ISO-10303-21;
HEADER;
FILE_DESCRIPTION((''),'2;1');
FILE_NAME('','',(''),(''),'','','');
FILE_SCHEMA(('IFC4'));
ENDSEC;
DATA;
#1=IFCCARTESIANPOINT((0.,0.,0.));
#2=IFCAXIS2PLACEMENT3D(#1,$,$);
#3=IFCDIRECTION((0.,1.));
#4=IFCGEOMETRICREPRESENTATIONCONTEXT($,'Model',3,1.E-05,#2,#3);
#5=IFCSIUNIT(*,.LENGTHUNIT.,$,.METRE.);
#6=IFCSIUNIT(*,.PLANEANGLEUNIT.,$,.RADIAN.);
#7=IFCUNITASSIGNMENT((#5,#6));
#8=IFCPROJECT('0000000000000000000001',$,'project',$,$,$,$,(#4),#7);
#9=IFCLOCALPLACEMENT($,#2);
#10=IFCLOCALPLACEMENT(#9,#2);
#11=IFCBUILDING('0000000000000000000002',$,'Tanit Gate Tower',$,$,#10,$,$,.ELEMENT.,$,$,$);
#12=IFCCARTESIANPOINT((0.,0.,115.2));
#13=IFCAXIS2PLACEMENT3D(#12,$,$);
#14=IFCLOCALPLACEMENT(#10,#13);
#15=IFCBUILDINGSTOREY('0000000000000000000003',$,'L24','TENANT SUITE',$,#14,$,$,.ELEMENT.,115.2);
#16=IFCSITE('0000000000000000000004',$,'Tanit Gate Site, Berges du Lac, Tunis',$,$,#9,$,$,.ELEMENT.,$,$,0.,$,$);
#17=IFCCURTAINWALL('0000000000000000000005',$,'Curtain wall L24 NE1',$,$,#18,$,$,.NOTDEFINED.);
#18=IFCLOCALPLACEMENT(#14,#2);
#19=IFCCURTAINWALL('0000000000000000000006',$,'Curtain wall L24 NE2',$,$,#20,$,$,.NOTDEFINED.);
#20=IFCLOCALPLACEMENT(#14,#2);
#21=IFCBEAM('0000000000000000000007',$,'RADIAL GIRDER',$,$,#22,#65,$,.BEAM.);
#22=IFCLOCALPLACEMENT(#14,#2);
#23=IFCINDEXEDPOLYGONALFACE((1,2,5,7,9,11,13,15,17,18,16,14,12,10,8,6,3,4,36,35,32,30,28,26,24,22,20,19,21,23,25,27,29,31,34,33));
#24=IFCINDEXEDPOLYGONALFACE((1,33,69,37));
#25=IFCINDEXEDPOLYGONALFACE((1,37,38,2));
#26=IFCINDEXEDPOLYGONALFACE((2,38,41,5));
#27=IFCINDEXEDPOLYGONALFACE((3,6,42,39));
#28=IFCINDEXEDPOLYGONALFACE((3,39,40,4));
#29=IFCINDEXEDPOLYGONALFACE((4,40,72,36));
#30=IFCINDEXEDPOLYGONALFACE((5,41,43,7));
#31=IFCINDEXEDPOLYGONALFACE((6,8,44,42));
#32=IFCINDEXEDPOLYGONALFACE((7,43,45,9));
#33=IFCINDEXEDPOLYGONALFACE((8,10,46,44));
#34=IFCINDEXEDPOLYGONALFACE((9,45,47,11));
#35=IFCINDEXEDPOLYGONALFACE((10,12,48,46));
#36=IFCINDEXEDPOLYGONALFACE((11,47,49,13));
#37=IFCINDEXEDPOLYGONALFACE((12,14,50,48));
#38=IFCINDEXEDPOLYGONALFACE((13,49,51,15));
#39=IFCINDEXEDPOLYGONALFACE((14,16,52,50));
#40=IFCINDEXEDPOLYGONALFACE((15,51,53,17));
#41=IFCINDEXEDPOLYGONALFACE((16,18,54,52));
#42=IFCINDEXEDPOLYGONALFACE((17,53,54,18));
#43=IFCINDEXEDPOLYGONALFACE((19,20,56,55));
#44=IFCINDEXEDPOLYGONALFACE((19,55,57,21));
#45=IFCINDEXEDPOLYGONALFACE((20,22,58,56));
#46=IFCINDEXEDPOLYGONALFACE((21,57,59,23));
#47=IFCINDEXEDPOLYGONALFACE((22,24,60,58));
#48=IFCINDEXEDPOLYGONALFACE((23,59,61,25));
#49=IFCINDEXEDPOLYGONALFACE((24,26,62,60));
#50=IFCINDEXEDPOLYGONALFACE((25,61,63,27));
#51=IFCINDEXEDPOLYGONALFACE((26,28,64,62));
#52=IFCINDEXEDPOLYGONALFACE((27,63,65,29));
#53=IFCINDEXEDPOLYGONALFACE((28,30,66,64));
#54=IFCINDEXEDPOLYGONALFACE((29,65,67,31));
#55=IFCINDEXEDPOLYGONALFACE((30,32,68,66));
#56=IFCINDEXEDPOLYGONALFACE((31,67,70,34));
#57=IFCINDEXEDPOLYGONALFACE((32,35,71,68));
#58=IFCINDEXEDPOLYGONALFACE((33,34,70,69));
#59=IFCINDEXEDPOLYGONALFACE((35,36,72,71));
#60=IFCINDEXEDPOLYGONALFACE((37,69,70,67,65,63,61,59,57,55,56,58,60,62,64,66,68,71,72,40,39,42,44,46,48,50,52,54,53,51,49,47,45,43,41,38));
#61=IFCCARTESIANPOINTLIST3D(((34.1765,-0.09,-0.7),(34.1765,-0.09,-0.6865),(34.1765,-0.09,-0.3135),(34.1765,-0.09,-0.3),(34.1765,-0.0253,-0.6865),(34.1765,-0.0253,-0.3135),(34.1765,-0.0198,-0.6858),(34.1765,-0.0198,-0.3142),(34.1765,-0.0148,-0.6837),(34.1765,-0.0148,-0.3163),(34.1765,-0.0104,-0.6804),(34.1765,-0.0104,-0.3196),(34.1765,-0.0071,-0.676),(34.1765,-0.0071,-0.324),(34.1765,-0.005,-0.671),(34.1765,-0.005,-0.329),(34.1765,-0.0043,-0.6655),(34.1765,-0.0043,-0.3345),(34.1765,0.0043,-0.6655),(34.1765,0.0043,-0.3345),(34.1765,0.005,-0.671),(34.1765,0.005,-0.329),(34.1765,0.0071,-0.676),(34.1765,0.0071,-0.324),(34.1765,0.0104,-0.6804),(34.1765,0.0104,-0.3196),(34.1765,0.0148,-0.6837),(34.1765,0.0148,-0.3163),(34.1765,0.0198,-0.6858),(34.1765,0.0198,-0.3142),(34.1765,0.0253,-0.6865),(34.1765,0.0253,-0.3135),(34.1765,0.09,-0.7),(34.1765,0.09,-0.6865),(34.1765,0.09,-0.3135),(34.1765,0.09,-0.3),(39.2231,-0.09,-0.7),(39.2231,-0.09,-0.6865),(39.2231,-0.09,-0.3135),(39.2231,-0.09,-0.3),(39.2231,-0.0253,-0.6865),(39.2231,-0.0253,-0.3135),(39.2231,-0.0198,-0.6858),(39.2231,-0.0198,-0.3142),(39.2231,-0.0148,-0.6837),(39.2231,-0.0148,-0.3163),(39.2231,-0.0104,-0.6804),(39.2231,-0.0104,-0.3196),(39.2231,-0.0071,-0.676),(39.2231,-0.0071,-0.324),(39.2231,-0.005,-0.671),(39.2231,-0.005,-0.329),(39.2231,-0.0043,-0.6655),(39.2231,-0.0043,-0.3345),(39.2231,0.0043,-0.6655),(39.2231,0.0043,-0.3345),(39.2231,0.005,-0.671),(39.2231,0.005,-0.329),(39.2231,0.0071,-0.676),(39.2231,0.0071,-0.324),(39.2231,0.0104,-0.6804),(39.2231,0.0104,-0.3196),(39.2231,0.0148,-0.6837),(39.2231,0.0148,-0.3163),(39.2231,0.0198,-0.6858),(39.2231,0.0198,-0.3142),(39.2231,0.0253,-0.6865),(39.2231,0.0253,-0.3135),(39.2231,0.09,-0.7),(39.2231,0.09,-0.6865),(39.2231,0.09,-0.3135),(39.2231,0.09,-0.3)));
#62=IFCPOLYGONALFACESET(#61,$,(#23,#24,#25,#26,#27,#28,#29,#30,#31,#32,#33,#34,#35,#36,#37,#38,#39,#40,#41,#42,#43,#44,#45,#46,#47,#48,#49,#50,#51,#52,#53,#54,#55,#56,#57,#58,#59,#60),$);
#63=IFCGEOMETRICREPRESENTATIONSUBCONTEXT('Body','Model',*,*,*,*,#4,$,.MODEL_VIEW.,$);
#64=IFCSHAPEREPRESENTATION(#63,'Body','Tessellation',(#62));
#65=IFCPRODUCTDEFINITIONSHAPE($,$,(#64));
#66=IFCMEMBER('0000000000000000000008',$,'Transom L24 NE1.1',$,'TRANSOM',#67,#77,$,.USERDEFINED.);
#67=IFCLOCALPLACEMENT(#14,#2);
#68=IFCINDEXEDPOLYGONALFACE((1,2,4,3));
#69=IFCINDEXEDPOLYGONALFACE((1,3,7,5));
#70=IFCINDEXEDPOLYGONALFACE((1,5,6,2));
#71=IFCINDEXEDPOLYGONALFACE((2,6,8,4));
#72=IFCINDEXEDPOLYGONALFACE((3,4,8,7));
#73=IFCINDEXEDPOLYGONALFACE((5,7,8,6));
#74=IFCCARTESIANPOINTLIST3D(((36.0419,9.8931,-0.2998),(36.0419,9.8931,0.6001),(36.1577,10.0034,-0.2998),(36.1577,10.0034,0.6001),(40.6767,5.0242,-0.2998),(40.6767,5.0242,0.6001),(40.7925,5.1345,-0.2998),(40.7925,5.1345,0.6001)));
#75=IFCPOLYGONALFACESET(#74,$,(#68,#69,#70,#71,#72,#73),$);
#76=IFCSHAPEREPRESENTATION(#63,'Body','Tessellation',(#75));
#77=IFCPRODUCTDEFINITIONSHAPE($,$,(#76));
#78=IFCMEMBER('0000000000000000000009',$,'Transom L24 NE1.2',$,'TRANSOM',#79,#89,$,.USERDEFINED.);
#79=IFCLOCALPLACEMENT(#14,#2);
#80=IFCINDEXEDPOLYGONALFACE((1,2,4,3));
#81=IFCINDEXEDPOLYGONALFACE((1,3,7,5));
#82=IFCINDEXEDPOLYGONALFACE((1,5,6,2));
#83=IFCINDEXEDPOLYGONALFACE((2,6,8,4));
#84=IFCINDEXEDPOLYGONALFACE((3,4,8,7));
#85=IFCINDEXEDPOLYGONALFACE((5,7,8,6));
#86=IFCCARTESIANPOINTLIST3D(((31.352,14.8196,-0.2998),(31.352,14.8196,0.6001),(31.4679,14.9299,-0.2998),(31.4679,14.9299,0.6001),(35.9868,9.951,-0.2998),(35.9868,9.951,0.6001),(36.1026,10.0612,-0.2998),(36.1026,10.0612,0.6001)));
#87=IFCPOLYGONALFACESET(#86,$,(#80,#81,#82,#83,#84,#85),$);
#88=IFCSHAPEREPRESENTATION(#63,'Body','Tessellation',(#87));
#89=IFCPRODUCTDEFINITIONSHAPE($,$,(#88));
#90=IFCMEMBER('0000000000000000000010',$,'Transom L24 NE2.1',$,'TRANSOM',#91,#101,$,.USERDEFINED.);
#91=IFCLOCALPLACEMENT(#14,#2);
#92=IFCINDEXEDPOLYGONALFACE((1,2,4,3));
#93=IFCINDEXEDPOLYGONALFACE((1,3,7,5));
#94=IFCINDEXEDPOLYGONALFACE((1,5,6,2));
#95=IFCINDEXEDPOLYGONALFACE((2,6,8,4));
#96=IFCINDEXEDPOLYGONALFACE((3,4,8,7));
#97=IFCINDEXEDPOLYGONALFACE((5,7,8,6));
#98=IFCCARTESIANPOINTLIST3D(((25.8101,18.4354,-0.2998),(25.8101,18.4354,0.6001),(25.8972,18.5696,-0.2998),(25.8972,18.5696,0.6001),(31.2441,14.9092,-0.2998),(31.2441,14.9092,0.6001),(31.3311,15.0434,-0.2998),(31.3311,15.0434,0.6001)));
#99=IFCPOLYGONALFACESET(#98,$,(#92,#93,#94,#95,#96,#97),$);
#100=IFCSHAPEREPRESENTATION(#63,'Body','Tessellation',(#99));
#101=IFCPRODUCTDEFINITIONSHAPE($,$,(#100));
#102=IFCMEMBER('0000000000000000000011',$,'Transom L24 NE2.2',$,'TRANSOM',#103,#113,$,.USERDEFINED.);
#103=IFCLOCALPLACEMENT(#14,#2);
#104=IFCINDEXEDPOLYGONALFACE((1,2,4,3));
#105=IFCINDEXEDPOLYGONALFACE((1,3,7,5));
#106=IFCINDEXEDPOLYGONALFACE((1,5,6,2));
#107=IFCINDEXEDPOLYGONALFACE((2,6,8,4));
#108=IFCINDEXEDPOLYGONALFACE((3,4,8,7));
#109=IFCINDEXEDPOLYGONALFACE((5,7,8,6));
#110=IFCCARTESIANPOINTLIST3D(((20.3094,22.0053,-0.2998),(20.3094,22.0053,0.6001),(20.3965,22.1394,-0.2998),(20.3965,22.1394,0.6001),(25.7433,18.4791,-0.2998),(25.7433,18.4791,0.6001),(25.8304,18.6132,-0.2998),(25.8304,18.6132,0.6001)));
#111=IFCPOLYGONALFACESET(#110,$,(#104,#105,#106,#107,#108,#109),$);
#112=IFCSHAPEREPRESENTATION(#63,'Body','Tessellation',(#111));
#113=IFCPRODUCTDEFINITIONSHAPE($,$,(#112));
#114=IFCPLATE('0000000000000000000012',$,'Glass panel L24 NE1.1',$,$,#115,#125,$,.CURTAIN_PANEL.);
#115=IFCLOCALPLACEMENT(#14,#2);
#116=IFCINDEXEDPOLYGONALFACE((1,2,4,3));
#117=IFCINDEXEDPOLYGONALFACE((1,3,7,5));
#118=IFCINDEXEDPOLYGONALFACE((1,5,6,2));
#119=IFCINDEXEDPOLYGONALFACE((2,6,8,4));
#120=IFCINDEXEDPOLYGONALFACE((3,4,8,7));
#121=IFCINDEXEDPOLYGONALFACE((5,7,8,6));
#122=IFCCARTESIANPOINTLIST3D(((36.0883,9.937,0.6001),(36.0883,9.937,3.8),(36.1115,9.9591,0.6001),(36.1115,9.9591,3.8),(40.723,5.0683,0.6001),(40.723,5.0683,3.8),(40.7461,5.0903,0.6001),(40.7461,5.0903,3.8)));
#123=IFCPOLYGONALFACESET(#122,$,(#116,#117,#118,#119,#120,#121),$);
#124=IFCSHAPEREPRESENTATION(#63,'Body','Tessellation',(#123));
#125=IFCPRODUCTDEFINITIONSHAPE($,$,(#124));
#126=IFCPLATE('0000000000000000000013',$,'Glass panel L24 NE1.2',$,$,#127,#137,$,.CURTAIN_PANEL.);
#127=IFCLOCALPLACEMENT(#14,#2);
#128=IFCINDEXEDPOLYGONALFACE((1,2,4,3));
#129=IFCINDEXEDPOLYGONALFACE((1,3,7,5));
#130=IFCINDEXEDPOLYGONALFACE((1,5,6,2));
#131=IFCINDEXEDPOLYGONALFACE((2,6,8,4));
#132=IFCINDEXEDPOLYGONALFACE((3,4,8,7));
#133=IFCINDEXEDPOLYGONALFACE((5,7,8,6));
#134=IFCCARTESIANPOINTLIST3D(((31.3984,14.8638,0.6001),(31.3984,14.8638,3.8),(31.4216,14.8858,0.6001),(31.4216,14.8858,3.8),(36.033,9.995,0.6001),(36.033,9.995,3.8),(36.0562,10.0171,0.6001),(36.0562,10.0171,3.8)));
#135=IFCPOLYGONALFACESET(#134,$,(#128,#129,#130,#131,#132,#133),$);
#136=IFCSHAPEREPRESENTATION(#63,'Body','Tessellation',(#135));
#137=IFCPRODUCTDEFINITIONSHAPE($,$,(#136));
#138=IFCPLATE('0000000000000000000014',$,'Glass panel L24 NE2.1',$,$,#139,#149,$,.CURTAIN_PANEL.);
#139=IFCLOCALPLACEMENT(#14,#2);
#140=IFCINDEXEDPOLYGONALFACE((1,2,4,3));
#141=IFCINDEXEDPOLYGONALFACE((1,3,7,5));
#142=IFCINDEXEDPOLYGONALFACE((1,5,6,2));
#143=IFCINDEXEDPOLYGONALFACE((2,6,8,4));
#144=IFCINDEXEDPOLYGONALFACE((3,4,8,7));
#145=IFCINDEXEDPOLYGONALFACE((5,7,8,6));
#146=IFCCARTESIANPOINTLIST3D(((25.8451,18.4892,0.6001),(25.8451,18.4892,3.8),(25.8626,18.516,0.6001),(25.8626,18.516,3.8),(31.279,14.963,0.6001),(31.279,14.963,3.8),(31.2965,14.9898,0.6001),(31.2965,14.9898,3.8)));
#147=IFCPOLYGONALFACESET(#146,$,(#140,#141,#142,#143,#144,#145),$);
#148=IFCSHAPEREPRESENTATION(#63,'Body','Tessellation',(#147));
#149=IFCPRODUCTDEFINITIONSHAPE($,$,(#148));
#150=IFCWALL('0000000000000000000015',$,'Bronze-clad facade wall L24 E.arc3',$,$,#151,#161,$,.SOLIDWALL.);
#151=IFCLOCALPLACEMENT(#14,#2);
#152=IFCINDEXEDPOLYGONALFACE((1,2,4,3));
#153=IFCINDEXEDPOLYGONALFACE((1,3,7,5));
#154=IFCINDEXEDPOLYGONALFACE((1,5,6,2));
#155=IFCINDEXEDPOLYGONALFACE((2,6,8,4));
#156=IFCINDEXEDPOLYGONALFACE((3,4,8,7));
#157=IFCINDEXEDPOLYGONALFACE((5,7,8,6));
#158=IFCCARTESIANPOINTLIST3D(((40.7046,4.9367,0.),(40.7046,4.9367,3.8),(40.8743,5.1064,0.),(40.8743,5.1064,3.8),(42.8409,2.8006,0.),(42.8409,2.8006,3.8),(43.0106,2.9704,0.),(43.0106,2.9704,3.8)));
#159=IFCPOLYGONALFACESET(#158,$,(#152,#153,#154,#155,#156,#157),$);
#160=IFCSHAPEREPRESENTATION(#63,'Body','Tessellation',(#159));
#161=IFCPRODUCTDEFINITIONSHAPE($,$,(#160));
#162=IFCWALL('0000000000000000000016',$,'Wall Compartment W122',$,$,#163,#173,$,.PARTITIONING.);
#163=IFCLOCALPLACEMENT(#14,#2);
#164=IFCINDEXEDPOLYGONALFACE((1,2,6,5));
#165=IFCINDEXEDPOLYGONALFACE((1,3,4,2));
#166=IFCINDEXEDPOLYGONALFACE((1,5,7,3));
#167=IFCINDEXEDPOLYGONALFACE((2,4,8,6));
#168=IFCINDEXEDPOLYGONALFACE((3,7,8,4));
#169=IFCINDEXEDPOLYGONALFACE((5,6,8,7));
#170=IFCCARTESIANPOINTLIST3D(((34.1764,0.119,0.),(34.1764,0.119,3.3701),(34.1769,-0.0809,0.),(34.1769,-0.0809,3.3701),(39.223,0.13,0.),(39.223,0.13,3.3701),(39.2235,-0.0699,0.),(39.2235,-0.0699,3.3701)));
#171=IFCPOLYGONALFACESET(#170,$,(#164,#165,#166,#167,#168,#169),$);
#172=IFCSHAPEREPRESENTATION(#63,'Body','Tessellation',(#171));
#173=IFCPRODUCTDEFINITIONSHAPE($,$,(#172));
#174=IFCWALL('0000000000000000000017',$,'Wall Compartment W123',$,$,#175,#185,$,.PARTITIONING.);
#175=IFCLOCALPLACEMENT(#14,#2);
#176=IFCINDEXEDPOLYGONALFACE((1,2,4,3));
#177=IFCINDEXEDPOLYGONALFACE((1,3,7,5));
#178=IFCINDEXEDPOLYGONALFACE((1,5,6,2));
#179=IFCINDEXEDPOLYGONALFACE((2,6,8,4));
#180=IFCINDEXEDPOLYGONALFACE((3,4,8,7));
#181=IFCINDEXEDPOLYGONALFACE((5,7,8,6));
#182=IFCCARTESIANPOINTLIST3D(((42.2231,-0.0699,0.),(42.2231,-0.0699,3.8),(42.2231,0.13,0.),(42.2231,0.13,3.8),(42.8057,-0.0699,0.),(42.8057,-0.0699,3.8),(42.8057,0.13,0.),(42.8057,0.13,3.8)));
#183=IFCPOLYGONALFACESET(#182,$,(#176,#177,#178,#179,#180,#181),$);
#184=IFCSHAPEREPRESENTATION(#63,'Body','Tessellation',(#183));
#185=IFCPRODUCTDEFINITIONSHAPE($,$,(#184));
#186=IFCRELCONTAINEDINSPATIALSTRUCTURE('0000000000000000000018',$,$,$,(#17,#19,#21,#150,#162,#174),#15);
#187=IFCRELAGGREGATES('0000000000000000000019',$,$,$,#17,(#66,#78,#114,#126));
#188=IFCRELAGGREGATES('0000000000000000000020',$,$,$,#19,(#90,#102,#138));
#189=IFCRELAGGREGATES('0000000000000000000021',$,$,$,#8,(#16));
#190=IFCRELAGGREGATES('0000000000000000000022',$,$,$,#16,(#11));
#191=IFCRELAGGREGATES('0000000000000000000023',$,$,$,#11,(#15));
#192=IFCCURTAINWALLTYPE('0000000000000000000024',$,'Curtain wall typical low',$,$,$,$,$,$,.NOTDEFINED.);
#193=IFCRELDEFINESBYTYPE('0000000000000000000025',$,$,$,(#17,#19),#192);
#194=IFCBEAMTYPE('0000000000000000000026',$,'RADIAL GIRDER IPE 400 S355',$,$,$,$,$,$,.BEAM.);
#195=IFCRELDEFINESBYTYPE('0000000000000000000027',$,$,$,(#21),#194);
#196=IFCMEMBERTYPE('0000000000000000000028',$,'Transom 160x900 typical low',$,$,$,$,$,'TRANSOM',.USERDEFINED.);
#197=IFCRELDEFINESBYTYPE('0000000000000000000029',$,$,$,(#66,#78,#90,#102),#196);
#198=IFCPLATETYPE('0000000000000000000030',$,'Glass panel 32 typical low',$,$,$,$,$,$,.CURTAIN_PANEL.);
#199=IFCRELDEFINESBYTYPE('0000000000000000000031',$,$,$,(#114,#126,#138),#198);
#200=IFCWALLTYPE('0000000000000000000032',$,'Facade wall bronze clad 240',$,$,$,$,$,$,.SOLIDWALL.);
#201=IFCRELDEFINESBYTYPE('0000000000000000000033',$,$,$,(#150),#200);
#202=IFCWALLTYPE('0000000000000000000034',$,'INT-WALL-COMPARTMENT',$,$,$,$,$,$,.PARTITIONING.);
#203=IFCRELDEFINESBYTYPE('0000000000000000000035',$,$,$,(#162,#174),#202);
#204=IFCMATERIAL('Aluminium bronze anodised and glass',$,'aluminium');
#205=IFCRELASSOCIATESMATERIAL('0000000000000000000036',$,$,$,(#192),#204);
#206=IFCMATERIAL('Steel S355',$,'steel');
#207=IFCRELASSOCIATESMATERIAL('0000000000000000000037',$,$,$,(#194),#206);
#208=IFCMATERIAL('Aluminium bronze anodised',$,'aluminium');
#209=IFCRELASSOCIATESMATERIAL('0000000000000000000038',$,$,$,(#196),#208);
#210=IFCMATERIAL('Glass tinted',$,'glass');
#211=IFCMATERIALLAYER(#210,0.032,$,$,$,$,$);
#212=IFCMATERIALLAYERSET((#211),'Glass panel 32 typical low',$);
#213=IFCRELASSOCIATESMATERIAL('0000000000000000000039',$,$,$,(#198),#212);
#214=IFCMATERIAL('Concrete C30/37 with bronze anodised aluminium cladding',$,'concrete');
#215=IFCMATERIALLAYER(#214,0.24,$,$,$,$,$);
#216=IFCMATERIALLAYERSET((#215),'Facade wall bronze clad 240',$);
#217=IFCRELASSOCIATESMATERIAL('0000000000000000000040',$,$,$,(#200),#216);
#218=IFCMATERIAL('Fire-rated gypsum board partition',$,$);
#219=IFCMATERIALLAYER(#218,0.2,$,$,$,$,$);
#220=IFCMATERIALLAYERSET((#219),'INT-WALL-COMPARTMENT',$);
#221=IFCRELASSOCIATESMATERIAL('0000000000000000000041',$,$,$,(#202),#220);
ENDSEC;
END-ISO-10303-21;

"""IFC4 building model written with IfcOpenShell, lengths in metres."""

from ifc_helpers import new_model, si_unit, direction, frame, frame_2d, origin, origin_2d, place, context, subcontext, project, spatial, rectangle, i_section, extrude, material, layer, layer_set, material_profile, profile_set, type_object, element, aggregate, save


model = new_model("IFC4")

# Units and contexts
model_context = context("Model", 3, precision=1e-05, world=origin(), true_north=direction((0.0, 1.0)))
body_context = subcontext(model_context, "Body", "Model", "MODEL_VIEW")
ifc_project = project(units=[si_unit("LENGTHUNIT", "METRE"), si_unit("PLANEANGLEUNIT", "RADIAN")], contexts=[model_context])

# Site, building, storey
site_placement = place(None, origin())
site = spatial("IfcSite", under=ifc_project, at=site_placement, Name="Tanit Gate Site, Berges du Lac, Tunis", CompositionType="ELEMENT", RefElevation=0.0)
building_placement = place(site_placement, origin())
building = spatial("IfcBuilding", under=site, at=building_placement, Name="Tanit Gate Tower", CompositionType="ELEMENT")
storey_placement = place(building_placement, frame((0.0, 0.0, 115.2)))
storey = spatial("IfcBuildingStorey", under=building, at=storey_placement, Name="L24", Description="TENANT SUITE", CompositionType="ELEMENT", Elevation=115.2)

# Curtain walls
ifc_material_1 = material(Name="Aluminium bronze anodised and glass", Category="aluminium")
curtain_wall_type = type_object("IfcCurtainWallType", Name="Curtain wall typical low", PredefinedType="NOTDEFINED", material=ifc_material_1)
curtain_wall_1_placement = place(storey_placement, origin())
curtain_wall_1 = element("IfcCurtainWall", 1, at=curtain_wall_1_placement, inside=storey, type_object=curtain_wall_type, Name="Curtain wall L24 NE1", PredefinedType="NOTDEFINED")
curtain_wall_2_placement = place(storey_placement, origin())
curtain_wall_2 = element("IfcCurtainWall", 2, at=curtain_wall_2_placement, inside=storey, type_object=curtain_wall_type, Name="Curtain wall L24 NE2", PredefinedType="NOTDEFINED")

# Beam
ifc_material_2 = material(Name="Steel S355", Category="steel")
ifc_material_profile_1 = material_profile(ifc_material_2, i_section(OverallWidth=0.1799, OverallDepth=0.3999, WebThickness=0.0085, FlangeThickness=0.0134, FilletRadius=0.021, at=origin_2d()), Name="IPE 400")
ifc_profile_set_1 = profile_set([ifc_material_profile_1], Name="Steel S355")
beam_type_1 = type_object("IfcBeamType", Name="RADIAL GIRDER IPE 400 S355", PredefinedType="BEAM", material=ifc_profile_set_1)
beam_1_placement = place(storey_placement, frame((39.2231, 0.0, -0.5), z_axis=(-1.0, 0.0, 0.0), x_axis=(0.0, -1.0, 0.0)))
element("IfcBeam", 3, at=beam_1_placement, inside=storey, type_object=beam_type_1, Name="RADIAL GIRDER", PredefinedType="BEAM", context=body_context, shape_type="SweptSolid", body=[
    extrude(i_section(OverallWidth=0.1799, OverallDepth=0.3999, WebThickness=0.0085, FlangeThickness=0.0134, FilletRadius=0.021, at=origin_2d()), origin(), (0.0, 0.0, 1.0), 5.0466),
])

# Members
ifc_material_3 = material(Name="Aluminium bronze anodised", Category="aluminium")
ifc_material_profile_2 = material_profile(ifc_material_3, rectangle(XDim=0.1599, YDim=0.8999, at=origin_2d()), Name="160x900 bronze transom")
ifc_profile_set_2 = profile_set([ifc_material_profile_2], Name="Aluminium bronze anodised")
member_type_1 = type_object("IfcMemberType", Name="Transom 160x900 typical low", ElementType="TRANSOM", PredefinedType="USERDEFINED", material=ifc_profile_set_2)
member_1_placement = place(storey_placement, frame((40.7346, 5.0793, 0.1501), z_axis=(-0.689477, 0.724307, 0.0), x_axis=(-0.724307, -0.689477, 0.0)))
member_1 = element("IfcMember", 4, at=member_1_placement, type_object=member_type_1, Name="Transom L24 NE1.1", ObjectType="TRANSOM", PredefinedType="USERDEFINED", context=body_context, shape_type="SweptSolid", body=[
    extrude(rectangle(XDim=0.1599, YDim=0.8999, at=origin_2d()), origin(), (0.0, 0.0, 1.0), 6.7222),
])
member_2_placement = place(storey_placement, frame((36.0447, 10.0061, 0.1501), z_axis=(-0.689496, 0.72429, 0.0), x_axis=(-0.72429, -0.689496, 0.0)))
member_2 = element("IfcMember", 5, at=member_2_placement, type_object=member_type_1, Name="Transom L24 NE1.2", ObjectType="TRANSOM", PredefinedType="USERDEFINED", context=body_context, shape_type="SweptSolid", body=[
    extrude(rectangle(XDim=0.1599, YDim=0.8999, at=origin_2d()), origin(), (0.0, 0.0, 1.0), 6.7219),
])
member_3_placement = place(storey_placement, frame((31.2876, 14.9763, 0.1501), z_axis=(-0.838858, 0.544351, 0.0), x_axis=(-0.544351, -0.838858, 0.0)))
member_3 = element("IfcMember", 6, at=member_3_placement, type_object=member_type_1, Name="Transom L24 NE2.1", ObjectType="TRANSOM", PredefinedType="USERDEFINED", context=body_context, shape_type="SweptSolid", body=[
    extrude(rectangle(XDim=0.1599, YDim=0.8999, at=origin_2d()), origin(), (0.0, 0.0, 1.0), 6.4778),
])
member_4_placement = place(storey_placement, frame((25.7869, 18.5461, 0.1501), z_axis=(-0.838858, 0.544351, 0.0), x_axis=(-0.544351, -0.838858, 0.0)))
member_4 = element("IfcMember", 7, at=member_4_placement, type_object=member_type_1, Name="Transom L24 NE2.2", ObjectType="TRANSOM", PredefinedType="USERDEFINED", context=body_context, shape_type="SweptSolid", body=[
    extrude(rectangle(XDim=0.1599, YDim=0.8999, at=origin_2d()), origin(), (0.0, 0.0, 1.0), 6.4778),
])

# Plates
ifc_material_4 = material(Name="Glass tinted", Category="glass")
ifc_layer_1 = layer(ifc_material_4, 0.032)
ifc_layer_set_1 = layer_set([ifc_layer_1], Name="Glass panel 32 typical low")
plate_type = type_object("IfcPlateType", Name="Glass panel 32 typical low", PredefinedType="CURTAIN_PANEL", material=ifc_layer_set_1)
plate_1_placement = place(storey_placement, frame((38.4172, 7.5137, 0.6001), z_axis=(0.0, 0.0, 1.0), x_axis=(-0.689481, 0.724304, 0.0)))
plate_1 = element("IfcPlate", 8, at=plate_1_placement, type_object=plate_type, Name="Glass panel L24 NE1.1", PredefinedType="CURTAIN_PANEL", context=body_context, shape_type="SweptSolid", body=[
    extrude(rectangle(XDim=6.7219, YDim=0.032, at=origin_2d()), origin(), (0.0, 0.0, 1.0), 3.2),
])
plate_2_placement = place(storey_placement, frame((33.7273, 12.4404, 0.6001), z_axis=(0.0, 0.0, 1.0), x_axis=(-0.689481, 0.724304, 0.0)))
plate_2 = element("IfcPlate", 9, at=plate_2_placement, type_object=plate_type, Name="Glass panel L24 NE1.2", PredefinedType="CURTAIN_PANEL", context=body_context, shape_type="SweptSolid", body=[
    extrude(rectangle(XDim=6.7219, YDim=0.032, at=origin_2d()), origin(), (0.0, 0.0, 1.0), 3.2),
])
aggregate(curtain_wall_1, [member_1, member_2, plate_1, plate_2])
plate_3_placement = place(storey_placement, frame((28.5708, 16.7395, 0.6001), z_axis=(0.0, 0.0, 1.0), x_axis=(-0.838852, 0.544359, 0.0)))
plate_3 = element("IfcPlate", 10, at=plate_3_placement, type_object=plate_type, Name="Glass panel L24 NE2.1", PredefinedType="CURTAIN_PANEL", context=body_context, shape_type="SweptSolid", body=[
    extrude(rectangle(XDim=6.4778, YDim=0.032, at=origin_2d()), origin(), (0.0, 0.0, 1.0), 3.2),
])
aggregate(curtain_wall_2, [member_3, member_4, plate_3])

# Walls
ifc_material_5 = material(Name="Concrete C30/37 with bronze anodised aluminium cladding", Category="concrete")
ifc_layer_2 = layer(ifc_material_5, 0.24)
ifc_layer_set_2 = layer_set([ifc_layer_2], Name="Facade wall bronze clad 240")
wall_type_1 = type_object("IfcWallType", Name="Facade wall bronze clad 240", PredefinedType="SOLIDWALL", material=ifc_layer_set_2)
wall_1_placement = place(storey_placement, frame((42.9258, 2.8855, 0.0), z_axis=(0.0, 0.0, 1.0), x_axis=(-0.707147, 0.707066, 0.0)))
element("IfcWall", 11, at=wall_1_placement, inside=storey, type_object=wall_type_1, Name="Bronze-clad facade wall L24 E.arc3", PredefinedType="SOLIDWALL", context=body_context, shape_type="SweptSolid", body=[
    extrude(rectangle(XDim=3.021, YDim=0.24, at=frame_2d((1.5105, 0.0))), origin(), (0.0, 0.0, 1.0), 3.8),
])
ifc_material_6 = material(Name="Fire-rated gypsum board partition")
ifc_layer_3 = layer(ifc_material_6, 0.2)
ifc_layer_set_3 = layer_set([ifc_layer_3], Name="INT-WALL-COMPARTMENT")
wall_type_2 = type_object("IfcWallType", Name="INT-WALL-COMPARTMENT", PredefinedType="PARTITIONING", material=ifc_layer_set_3)
wall_2_placement = place(storey_placement, frame((34.1765, 0.019, 0.0), z_axis=(0.0, 0.0, 1.0), x_axis=(0.999998, 0.002177, 0.0)))
element("IfcWall", 12, at=wall_2_placement, inside=storey, type_object=wall_type_2, Name="Wall Compartment W122", PredefinedType="PARTITIONING", context=body_context, shape_type="SweptSolid", body=[
    extrude(rectangle(XDim=5.0466, YDim=0.2, at=frame_2d((2.5234, 0.0))), origin(), (0.0, 0.0, 1.0), 3.3701),
])
wall_3_placement = place(storey_placement, frame((42.2231, 0.03, 0.0), z_axis=(0.0, 0.0, 1.0), x_axis=(1.0, 0.0, 0.0)))
element("IfcWall", 13, at=wall_3_placement, inside=storey, type_object=wall_type_2, Name="Wall Compartment W123", PredefinedType="PARTITIONING", context=body_context, shape_type="SweptSolid", body=[
    extrude(rectangle(XDim=0.5825, YDim=0.2, at=frame_2d((0.2913, 0.0))), origin(), (0.0, 0.0, 1.0), 3.8),
])

save(model, "model.ifc")
